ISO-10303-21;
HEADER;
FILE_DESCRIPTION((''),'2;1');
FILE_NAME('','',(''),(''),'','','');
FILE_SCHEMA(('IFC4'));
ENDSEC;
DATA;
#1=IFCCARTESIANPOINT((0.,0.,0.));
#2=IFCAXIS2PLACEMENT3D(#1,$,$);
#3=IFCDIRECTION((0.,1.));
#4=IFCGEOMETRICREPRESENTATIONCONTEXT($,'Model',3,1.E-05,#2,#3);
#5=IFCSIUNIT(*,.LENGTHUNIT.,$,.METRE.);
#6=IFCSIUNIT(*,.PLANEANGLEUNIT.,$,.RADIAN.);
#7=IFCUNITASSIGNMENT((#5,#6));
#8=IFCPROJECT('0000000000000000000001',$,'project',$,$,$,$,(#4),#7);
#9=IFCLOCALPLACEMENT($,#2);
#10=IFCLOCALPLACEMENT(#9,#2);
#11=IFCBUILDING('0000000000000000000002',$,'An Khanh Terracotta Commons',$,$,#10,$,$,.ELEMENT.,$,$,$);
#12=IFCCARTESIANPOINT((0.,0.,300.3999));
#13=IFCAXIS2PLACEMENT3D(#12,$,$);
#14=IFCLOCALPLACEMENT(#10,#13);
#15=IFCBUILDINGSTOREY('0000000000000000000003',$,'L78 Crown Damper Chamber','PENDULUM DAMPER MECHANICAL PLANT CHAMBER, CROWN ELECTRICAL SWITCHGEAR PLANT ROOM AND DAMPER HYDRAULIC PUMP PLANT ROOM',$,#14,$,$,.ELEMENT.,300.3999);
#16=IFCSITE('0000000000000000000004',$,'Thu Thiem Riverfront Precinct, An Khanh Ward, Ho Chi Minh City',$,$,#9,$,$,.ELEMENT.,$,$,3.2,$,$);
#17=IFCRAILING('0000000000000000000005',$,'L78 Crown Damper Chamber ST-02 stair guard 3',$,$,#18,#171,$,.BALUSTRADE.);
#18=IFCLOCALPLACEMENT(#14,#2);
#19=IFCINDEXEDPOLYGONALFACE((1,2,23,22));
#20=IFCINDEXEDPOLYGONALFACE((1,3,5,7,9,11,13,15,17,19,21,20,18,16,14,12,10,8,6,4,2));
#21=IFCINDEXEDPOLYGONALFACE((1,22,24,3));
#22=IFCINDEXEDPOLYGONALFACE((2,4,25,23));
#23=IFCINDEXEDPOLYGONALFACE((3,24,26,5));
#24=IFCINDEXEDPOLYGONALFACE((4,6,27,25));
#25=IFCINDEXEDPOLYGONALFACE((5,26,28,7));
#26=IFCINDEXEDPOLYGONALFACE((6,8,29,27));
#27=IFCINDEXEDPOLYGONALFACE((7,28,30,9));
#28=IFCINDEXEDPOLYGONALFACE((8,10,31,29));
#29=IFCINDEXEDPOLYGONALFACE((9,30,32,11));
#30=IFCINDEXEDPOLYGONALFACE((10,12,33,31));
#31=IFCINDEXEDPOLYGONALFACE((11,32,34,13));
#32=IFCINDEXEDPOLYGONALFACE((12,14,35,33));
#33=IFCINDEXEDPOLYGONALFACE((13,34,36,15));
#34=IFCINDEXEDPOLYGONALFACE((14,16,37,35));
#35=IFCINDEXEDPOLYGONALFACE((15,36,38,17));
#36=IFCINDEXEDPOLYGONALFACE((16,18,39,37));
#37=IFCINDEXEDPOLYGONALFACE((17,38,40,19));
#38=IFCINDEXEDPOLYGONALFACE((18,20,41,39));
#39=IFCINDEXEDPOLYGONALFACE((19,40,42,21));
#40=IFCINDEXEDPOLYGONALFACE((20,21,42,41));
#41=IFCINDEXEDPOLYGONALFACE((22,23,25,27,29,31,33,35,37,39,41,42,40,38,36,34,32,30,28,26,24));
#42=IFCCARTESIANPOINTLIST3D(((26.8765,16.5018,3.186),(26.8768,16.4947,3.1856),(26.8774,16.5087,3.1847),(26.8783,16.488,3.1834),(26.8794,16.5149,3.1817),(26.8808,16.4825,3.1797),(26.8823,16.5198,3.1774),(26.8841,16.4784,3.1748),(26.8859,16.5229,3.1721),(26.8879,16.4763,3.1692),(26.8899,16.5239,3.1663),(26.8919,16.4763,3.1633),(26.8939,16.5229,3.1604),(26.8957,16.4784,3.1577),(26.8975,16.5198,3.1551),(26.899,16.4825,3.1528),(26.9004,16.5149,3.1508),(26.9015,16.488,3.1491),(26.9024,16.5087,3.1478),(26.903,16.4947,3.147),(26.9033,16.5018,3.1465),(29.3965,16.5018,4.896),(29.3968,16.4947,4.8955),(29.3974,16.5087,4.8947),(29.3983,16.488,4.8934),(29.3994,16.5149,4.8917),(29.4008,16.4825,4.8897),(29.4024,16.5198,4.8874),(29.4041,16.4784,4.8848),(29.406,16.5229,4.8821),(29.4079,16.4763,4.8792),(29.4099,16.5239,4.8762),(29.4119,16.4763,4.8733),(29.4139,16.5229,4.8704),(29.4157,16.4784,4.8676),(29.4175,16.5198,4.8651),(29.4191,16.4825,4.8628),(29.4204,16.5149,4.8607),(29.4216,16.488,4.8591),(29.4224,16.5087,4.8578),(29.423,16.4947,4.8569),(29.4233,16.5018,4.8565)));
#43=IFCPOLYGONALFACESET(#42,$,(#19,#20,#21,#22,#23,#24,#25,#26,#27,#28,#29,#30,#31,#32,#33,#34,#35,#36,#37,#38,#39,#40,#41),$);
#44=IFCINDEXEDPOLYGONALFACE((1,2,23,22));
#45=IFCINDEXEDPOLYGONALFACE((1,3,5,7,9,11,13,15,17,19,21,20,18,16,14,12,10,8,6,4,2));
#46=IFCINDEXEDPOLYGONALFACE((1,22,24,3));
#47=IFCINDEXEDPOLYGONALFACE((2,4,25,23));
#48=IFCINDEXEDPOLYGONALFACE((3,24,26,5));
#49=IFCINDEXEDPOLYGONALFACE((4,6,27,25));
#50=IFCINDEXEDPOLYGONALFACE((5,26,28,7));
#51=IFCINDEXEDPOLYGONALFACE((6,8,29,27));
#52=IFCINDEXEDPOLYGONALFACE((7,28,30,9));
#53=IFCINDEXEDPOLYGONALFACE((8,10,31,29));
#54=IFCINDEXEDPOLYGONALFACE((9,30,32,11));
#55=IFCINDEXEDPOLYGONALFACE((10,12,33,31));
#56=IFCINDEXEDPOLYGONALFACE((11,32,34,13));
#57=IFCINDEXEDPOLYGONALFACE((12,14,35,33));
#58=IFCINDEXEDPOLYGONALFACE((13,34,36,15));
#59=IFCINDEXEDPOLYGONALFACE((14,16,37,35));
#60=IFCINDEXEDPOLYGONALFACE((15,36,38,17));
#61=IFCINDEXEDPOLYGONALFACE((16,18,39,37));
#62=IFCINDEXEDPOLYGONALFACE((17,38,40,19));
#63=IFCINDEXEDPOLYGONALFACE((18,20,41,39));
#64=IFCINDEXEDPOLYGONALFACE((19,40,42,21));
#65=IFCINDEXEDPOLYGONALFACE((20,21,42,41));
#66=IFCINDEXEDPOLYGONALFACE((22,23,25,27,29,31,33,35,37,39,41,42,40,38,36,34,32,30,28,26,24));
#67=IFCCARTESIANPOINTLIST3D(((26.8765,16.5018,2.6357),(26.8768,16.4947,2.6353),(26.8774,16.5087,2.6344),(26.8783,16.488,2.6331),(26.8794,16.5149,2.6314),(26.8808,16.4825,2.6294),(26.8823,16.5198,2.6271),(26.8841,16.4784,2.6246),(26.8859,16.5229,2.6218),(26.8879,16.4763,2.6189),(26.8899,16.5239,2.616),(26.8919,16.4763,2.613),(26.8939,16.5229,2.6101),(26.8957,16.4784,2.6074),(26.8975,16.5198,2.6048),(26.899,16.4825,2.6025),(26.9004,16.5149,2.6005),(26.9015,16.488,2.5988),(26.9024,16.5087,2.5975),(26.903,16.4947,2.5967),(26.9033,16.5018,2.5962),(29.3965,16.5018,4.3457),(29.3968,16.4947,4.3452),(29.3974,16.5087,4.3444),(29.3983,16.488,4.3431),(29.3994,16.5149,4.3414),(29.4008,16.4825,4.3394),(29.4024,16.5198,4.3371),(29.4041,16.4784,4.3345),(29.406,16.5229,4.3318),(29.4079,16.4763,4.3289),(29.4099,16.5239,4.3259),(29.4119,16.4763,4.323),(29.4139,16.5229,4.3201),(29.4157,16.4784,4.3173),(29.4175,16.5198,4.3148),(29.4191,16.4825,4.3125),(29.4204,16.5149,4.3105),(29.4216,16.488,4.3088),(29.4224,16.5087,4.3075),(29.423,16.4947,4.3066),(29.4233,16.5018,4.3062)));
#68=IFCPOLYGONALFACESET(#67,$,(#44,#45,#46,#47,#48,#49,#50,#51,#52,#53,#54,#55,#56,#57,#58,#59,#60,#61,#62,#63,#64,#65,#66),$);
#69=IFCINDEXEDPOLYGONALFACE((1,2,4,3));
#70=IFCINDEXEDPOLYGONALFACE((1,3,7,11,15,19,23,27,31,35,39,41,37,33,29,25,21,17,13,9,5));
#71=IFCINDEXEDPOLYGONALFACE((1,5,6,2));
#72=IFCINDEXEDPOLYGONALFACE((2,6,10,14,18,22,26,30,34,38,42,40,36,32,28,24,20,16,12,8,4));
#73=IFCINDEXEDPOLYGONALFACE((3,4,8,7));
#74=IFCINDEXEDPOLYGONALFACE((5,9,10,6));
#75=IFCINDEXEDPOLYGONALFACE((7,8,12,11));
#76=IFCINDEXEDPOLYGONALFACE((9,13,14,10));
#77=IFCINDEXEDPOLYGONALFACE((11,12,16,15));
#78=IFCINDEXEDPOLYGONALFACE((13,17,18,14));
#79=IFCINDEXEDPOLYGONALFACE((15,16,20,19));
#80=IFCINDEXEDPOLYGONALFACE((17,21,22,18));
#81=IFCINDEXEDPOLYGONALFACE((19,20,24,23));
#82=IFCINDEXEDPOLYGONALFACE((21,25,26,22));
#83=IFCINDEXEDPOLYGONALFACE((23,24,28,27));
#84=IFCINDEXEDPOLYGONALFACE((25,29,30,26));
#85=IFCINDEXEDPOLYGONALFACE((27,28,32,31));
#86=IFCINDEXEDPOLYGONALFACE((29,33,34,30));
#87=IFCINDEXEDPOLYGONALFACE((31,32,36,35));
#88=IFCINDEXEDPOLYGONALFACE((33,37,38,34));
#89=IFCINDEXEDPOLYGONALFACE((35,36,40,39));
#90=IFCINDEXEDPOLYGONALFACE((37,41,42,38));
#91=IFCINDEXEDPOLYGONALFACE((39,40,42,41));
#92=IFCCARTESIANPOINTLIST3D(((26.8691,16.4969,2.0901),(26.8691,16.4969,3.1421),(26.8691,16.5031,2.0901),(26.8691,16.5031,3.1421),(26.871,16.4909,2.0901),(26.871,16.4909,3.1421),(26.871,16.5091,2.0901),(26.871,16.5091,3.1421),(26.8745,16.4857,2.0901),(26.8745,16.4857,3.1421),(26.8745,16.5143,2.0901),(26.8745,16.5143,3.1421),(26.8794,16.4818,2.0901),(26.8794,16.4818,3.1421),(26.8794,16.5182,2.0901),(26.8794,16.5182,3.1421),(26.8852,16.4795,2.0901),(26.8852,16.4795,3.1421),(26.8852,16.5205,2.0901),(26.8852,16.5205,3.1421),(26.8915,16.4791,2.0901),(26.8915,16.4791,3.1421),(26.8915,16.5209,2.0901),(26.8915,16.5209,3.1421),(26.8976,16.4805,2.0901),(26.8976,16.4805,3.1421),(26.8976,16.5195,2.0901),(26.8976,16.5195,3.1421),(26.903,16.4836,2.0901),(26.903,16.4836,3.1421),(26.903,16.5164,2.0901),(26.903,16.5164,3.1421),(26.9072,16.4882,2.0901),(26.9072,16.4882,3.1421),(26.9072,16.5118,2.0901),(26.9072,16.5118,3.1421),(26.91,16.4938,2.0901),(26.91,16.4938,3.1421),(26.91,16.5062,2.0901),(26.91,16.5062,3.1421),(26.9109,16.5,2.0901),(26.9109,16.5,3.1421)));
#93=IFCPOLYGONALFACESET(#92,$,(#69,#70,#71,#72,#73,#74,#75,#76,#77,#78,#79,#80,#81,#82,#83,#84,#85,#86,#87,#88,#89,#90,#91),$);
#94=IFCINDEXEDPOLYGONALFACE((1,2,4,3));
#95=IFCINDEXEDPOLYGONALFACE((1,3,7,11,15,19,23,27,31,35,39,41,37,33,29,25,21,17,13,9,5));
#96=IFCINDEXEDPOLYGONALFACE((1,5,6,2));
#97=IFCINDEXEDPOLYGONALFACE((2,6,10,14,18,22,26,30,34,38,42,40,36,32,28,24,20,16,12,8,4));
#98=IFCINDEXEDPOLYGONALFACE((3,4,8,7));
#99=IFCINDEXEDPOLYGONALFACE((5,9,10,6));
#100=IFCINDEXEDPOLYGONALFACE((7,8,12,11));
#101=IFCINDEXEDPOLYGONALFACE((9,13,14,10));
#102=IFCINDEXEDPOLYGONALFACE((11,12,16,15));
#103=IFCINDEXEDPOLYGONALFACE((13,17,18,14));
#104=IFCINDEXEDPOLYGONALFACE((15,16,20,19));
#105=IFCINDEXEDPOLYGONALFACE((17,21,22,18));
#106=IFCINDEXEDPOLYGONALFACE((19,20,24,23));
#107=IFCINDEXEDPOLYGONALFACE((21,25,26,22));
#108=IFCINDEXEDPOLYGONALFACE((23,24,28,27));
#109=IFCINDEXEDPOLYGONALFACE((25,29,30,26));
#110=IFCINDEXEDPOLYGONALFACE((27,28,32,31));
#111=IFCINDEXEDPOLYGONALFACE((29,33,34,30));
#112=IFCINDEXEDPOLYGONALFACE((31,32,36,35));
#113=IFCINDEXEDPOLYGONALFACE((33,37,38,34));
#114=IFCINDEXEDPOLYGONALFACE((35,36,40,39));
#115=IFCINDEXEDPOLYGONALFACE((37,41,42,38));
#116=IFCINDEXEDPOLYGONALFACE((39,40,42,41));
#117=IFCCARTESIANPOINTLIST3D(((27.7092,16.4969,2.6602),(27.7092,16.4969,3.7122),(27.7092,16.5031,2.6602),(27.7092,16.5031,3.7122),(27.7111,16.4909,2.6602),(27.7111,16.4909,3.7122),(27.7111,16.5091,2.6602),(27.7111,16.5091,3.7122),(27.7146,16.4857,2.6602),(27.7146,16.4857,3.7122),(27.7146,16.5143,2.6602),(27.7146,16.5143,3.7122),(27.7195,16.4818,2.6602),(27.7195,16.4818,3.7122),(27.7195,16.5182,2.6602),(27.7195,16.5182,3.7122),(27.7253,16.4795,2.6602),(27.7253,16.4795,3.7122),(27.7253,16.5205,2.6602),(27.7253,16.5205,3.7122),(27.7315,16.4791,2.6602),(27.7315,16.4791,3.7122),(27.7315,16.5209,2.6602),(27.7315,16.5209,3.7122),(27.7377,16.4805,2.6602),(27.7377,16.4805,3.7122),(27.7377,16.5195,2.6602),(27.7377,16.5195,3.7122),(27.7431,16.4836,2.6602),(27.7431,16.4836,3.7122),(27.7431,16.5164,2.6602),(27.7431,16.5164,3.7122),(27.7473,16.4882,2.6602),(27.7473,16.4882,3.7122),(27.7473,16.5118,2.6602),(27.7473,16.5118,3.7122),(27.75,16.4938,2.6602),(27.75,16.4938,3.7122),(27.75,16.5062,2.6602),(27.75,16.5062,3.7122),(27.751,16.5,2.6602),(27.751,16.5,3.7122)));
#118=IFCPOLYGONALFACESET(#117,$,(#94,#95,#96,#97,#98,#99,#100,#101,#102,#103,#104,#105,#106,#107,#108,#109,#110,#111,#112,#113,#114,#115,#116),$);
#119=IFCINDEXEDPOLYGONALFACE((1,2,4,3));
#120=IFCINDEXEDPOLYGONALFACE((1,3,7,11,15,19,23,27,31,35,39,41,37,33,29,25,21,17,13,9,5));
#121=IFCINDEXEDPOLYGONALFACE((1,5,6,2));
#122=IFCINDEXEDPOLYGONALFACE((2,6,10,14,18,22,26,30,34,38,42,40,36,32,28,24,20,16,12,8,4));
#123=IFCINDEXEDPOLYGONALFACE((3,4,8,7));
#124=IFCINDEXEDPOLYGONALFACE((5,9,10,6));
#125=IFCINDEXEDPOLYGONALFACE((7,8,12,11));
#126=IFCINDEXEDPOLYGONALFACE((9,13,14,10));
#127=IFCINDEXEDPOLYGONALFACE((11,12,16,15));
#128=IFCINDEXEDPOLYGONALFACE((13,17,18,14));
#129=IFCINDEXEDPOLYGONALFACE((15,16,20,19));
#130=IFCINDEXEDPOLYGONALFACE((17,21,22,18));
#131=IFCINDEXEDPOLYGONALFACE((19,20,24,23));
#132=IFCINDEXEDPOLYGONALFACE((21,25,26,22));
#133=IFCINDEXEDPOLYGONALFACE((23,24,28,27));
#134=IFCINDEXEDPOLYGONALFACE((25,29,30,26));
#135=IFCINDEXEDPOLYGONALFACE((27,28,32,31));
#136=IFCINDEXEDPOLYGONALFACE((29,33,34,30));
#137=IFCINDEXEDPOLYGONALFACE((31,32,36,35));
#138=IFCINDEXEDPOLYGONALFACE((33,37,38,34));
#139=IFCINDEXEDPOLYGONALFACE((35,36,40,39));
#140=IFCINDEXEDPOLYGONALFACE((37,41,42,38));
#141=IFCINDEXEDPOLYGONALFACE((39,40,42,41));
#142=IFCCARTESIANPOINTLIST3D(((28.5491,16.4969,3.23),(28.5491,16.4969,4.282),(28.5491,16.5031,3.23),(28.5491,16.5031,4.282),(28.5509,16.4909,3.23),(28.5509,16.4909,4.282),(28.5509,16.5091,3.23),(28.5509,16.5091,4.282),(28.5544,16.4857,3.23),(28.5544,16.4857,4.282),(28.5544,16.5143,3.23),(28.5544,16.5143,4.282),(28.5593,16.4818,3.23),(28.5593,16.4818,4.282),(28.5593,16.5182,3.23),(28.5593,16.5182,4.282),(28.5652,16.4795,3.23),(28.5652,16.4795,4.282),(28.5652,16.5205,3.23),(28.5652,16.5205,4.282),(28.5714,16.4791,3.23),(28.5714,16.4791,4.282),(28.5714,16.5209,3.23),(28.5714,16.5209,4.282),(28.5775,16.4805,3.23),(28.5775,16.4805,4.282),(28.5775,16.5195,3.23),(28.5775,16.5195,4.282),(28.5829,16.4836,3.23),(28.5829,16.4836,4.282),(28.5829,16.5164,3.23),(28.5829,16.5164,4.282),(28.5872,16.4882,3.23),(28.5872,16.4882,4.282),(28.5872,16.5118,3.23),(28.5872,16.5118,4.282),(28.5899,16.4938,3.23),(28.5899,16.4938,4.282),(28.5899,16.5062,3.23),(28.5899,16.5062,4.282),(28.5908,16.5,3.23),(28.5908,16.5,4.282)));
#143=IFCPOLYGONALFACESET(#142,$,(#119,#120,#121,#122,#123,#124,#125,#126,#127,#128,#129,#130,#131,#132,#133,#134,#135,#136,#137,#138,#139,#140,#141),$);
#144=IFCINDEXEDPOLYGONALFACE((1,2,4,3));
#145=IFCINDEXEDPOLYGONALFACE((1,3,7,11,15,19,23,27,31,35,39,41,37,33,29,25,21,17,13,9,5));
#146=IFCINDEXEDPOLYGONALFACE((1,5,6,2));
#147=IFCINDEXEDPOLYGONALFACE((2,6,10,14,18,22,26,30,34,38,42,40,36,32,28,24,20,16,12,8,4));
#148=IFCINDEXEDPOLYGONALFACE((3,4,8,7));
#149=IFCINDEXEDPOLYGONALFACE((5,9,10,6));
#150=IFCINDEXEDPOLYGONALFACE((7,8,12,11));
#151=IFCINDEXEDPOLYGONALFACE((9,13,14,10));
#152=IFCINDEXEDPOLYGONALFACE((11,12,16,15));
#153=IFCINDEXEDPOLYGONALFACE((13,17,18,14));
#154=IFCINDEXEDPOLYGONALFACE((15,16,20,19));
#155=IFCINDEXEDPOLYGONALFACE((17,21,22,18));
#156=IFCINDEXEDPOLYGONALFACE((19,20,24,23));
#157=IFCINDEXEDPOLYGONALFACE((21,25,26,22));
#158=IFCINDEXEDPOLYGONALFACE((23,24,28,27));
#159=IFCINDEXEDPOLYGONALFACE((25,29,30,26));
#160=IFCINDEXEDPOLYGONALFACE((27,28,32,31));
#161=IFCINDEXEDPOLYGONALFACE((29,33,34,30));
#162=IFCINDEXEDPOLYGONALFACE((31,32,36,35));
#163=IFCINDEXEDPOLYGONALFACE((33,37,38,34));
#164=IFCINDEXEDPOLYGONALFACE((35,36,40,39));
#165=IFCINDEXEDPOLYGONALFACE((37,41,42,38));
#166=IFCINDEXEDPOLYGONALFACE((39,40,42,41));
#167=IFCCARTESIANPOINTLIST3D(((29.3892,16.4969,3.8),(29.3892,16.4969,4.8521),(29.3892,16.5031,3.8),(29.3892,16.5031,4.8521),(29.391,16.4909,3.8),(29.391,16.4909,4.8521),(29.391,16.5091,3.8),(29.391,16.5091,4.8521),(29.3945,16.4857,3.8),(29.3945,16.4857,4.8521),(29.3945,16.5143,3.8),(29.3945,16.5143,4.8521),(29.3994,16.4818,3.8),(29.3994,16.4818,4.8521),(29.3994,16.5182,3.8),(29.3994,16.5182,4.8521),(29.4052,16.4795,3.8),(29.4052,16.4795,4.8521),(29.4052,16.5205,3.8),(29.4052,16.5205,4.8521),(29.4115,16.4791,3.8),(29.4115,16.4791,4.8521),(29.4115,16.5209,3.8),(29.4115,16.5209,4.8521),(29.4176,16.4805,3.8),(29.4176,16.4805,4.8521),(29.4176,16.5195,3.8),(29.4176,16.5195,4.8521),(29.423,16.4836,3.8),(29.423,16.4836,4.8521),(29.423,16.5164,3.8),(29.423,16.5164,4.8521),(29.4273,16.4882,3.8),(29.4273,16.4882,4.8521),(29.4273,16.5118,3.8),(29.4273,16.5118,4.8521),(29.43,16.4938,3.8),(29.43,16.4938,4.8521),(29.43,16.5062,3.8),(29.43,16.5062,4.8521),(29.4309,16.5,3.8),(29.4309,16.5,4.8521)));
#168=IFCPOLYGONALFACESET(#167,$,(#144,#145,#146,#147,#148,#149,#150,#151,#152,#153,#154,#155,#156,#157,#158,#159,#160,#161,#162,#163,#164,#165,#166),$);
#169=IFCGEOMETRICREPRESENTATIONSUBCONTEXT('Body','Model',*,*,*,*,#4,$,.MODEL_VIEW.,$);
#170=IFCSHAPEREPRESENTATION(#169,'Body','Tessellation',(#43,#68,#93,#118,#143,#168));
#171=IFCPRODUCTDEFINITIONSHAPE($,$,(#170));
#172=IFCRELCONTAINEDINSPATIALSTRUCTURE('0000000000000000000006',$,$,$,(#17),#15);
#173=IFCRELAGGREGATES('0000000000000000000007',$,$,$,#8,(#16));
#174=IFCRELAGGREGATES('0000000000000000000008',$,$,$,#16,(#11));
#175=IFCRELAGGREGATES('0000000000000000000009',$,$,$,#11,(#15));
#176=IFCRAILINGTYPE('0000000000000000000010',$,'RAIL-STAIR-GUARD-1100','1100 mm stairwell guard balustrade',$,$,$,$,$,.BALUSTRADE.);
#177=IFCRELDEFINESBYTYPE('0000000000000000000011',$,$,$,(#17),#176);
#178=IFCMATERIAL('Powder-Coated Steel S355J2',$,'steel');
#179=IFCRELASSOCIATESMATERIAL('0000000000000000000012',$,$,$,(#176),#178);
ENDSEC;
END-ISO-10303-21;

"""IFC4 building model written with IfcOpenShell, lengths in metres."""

from ifc_helpers import new_model, si_unit, direction, frame, origin, origin_2d, place, context, subcontext, project, spatial, circle, extrude, material, type_object, element, save


model = new_model("IFC4")

# Units and contexts
model_context = context("Model", 3, precision=1e-05, world=origin(), true_north=direction((0.0, 1.0)))
body_context = subcontext(model_context, "Body", "Model", "MODEL_VIEW")
ifc_project = project(units=[si_unit("LENGTHUNIT", "METRE"), si_unit("PLANEANGLEUNIT", "RADIAN")], contexts=[model_context])

# Site, building, storey
site_placement = place(None, origin())
site = spatial("IfcSite", under=ifc_project, at=site_placement, Name="Thu Thiem Riverfront Precinct, An Khanh Ward, Ho Chi Minh City", CompositionType="ELEMENT", RefElevation=3.2)
building_placement = place(site_placement, origin())
building = spatial("IfcBuilding", under=site, at=building_placement, Name="An Khanh Terracotta Commons", CompositionType="ELEMENT")
storey_placement = place(building_placement, frame((0.0, 0.0, 300.3999)))
storey = spatial("IfcBuildingStorey", under=building, at=storey_placement, Name="L78 Crown Damper Chamber", Description="PENDULUM DAMPER MECHANICAL PLANT CHAMBER, CROWN ELECTRICAL SWITCHGEAR PLANT ROOM AND DAMPER HYDRAULIC PUMP PLANT ROOM", CompositionType="ELEMENT", Elevation=300.3999)

# Railing
ifc_material_1 = material(Name="Powder-Coated Steel S355J2", Category="steel")
railing_type_1 = type_object("IfcRailingType", Name="RAIL-STAIR-GUARD-1100", Description="1100 mm stairwell guard balustrade", PredefinedType="BALUSTRADE", material=ifc_material_1)
railing_1_placement = place(storey_placement, frame((26.8899, 16.5, 2.0901)))
element("IfcRailing", 1, at=railing_1_placement, inside=storey, type_object=railing_type_1, Name="L78 Crown Damper Chamber ST-02 stair guard 3", PredefinedType="BALUSTRADE", context=body_context, shape_type="SweptSolid", body=[
    extrude(circle(Radius=0.0239, at=origin_2d()), frame((0.0, 0.0, 1.0762), z_axis=(0.827484, 0.0, 0.56149), x_axis=(0.0, 1.0, 0.0)), (0.0, 0.0, 1.0), 3.0454),
    extrude(circle(Radius=0.0239, at=origin_2d()), frame((0.0, 0.0, 0.5259), z_axis=(0.827484, 0.0, 0.56149), x_axis=(0.0, 1.0, 0.0)), (0.0, 0.0, 1.0), 3.0454),
    extrude(circle(Radius=0.021, at=origin_2d()), origin(), (0.0, 0.0, 1.0), 1.052),
    extrude(circle(Radius=0.021, at=origin_2d()), frame((0.8401, 0.0, 0.5701)), (0.0, 0.0, 1.0), 1.052),
    extrude(circle(Radius=0.021, at=origin_2d()), frame((1.6799, 0.0, 1.1399)), (0.0, 0.0, 1.0), 1.052),
    extrude(circle(Radius=0.021, at=origin_2d()), frame((2.52, 0.0, 1.71)), (0.0, 0.0, 1.0), 1.052),
])

save(model, "model.ifc")
